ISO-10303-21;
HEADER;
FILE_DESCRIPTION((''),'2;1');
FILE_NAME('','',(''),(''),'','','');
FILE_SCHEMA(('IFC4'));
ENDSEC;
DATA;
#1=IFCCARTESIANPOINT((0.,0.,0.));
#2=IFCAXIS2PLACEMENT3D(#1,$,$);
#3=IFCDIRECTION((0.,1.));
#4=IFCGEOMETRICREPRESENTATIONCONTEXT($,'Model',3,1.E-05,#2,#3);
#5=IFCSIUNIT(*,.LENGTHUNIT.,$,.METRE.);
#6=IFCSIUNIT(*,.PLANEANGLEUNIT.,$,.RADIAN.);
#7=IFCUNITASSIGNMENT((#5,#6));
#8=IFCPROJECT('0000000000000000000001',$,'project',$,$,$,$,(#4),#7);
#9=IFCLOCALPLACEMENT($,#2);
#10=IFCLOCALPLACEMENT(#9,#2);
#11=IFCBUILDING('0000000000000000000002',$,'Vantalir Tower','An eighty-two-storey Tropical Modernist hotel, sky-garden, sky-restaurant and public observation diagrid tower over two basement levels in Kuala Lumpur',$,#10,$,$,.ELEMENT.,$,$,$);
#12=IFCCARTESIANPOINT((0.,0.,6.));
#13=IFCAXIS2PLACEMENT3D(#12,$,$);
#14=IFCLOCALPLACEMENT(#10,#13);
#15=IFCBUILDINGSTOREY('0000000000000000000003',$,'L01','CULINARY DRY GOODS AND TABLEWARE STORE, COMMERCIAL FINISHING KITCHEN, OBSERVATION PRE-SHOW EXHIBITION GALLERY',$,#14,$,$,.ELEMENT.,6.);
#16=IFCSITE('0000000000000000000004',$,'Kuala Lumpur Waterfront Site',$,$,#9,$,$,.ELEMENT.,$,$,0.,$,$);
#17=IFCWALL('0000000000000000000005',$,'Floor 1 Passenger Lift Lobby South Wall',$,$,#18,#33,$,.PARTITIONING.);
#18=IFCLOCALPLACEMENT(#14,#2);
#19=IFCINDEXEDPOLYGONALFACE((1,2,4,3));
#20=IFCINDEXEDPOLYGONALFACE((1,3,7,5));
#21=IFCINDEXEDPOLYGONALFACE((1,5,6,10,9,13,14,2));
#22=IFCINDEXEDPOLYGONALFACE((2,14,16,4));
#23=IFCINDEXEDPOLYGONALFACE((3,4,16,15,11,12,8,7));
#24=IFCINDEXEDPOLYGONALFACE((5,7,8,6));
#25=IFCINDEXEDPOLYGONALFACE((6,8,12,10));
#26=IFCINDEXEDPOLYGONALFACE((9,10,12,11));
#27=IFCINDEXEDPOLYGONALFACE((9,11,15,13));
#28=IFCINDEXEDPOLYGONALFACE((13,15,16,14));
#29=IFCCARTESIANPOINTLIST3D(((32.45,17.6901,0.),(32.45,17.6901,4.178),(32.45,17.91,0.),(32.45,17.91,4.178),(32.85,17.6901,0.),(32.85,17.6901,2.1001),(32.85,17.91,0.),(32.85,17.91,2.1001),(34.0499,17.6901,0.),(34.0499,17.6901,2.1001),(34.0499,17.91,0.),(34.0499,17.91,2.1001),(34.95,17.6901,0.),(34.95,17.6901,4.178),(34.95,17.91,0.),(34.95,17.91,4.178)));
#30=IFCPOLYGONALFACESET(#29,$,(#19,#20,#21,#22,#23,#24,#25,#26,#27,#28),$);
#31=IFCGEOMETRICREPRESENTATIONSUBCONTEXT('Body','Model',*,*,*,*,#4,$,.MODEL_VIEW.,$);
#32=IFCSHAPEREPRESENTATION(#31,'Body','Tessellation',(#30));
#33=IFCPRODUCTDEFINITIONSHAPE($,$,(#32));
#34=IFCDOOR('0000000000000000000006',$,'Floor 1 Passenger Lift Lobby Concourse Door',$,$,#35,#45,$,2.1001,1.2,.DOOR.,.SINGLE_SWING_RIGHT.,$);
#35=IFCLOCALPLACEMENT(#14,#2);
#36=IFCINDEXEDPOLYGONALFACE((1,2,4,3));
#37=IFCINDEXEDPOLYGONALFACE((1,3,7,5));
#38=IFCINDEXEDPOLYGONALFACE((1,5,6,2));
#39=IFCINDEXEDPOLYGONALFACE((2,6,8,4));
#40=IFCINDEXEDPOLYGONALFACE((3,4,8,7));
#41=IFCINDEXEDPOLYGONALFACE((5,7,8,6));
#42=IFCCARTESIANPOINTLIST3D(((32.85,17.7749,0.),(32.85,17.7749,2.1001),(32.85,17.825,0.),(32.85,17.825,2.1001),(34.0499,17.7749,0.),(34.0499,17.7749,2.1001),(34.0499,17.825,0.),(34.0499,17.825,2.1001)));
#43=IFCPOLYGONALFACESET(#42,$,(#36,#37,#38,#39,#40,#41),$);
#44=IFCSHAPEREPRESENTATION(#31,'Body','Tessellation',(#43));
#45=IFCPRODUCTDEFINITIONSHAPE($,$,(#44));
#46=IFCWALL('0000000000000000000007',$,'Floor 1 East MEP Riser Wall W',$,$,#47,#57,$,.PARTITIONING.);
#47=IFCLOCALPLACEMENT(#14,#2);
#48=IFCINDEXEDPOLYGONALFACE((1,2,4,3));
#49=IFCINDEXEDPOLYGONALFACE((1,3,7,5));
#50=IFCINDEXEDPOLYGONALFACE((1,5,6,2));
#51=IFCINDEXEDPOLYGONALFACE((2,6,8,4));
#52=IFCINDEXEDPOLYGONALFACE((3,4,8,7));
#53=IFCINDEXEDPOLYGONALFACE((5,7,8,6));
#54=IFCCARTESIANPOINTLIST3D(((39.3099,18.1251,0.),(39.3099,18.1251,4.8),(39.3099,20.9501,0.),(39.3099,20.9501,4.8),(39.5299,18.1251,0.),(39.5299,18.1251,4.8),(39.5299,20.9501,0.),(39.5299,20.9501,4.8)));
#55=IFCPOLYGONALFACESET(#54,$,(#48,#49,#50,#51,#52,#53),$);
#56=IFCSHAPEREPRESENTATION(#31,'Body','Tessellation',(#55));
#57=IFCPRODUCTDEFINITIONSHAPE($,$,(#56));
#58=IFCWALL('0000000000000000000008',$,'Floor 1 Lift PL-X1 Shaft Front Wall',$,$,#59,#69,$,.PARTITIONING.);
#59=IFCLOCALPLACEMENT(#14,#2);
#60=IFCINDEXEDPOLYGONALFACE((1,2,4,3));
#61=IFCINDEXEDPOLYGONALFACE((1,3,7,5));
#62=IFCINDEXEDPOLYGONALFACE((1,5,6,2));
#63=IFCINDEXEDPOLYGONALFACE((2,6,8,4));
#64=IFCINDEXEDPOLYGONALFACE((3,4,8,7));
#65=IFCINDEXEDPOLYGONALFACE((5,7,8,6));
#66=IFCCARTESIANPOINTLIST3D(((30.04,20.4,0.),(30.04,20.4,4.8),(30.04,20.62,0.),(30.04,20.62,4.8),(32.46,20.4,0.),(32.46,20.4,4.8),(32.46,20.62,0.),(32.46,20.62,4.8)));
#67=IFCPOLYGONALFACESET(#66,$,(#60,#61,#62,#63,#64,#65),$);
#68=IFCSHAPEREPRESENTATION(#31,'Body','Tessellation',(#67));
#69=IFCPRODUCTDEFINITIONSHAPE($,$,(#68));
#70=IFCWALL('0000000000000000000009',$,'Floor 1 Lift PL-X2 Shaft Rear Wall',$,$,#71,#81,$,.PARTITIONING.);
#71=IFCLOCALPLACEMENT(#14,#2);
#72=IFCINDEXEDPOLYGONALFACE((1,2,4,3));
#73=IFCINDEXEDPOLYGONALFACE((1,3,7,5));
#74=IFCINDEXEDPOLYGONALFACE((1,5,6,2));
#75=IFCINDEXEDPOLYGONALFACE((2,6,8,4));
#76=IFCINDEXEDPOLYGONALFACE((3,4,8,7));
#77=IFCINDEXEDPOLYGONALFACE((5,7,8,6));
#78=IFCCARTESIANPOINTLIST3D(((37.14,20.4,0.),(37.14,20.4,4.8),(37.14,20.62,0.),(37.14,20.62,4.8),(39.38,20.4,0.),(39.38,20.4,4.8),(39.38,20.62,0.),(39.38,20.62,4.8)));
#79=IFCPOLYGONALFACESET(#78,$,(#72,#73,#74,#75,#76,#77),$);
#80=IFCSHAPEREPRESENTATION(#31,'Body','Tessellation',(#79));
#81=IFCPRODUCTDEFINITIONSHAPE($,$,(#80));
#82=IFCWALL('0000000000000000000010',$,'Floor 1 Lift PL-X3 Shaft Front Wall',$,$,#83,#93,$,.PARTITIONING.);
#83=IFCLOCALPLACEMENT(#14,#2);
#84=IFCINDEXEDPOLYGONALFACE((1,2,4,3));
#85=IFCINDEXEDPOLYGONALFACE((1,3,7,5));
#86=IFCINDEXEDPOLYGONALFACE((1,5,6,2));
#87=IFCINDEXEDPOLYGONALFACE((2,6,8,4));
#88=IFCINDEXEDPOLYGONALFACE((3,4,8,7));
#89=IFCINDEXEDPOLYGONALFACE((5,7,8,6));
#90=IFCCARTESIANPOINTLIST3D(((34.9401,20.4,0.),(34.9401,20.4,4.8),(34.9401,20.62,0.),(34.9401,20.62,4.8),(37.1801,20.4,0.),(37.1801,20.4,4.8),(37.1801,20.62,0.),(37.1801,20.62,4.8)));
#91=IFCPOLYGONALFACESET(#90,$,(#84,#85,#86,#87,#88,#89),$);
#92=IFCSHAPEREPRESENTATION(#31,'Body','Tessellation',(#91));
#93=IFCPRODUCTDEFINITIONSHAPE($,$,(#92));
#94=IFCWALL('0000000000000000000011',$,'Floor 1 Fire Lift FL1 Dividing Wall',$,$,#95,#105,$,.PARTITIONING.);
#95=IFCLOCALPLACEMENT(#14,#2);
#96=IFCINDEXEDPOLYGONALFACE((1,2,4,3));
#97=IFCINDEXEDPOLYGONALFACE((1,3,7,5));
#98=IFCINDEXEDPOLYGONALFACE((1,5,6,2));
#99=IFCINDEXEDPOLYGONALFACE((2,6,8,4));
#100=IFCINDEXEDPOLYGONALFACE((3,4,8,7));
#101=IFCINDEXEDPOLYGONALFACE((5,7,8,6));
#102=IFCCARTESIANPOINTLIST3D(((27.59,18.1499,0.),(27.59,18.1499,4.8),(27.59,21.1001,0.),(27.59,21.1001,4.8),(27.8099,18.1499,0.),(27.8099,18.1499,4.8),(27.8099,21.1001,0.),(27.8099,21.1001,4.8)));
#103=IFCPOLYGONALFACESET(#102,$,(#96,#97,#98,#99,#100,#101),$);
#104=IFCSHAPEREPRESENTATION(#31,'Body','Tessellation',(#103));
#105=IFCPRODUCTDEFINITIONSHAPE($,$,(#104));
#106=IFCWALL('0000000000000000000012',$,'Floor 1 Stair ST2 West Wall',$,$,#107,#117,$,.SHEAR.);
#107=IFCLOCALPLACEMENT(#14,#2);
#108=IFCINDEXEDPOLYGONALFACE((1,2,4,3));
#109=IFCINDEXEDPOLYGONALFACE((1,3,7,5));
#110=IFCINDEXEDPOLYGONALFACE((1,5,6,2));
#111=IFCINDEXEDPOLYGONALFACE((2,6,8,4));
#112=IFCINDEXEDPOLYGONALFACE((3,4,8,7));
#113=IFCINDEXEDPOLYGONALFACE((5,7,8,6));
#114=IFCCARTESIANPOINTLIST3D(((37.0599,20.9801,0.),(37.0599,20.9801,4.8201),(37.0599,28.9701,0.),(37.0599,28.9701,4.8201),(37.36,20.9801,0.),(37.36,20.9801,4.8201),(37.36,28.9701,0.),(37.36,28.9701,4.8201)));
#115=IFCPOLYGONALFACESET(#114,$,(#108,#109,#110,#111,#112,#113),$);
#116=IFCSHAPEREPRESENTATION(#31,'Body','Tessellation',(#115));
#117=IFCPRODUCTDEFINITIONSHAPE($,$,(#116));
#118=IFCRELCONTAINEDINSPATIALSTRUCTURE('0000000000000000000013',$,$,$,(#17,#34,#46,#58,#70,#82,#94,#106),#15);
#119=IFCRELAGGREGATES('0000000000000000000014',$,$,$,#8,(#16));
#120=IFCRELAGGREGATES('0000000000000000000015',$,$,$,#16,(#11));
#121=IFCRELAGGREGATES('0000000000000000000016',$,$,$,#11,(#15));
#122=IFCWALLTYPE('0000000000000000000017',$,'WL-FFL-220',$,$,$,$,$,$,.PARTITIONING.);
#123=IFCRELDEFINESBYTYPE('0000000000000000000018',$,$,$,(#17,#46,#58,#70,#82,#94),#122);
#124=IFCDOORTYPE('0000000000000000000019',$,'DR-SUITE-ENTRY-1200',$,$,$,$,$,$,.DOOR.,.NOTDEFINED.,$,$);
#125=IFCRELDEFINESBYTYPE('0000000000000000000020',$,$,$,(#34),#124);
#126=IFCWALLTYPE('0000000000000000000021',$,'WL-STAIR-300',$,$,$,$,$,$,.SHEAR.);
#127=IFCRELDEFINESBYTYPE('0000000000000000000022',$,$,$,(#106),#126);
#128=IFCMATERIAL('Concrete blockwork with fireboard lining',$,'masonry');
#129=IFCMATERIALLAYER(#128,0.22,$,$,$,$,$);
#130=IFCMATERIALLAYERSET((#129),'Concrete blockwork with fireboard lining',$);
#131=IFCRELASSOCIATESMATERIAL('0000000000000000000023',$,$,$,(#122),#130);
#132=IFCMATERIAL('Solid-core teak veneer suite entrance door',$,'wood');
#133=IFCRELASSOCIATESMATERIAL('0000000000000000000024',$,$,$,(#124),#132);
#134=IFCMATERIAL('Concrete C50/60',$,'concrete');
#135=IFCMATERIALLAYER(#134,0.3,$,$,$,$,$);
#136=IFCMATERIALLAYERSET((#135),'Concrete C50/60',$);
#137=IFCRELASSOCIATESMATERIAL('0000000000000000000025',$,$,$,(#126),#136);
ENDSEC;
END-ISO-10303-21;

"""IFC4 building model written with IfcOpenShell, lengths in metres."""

from ifc_helpers import new_model, si_unit, direction, frame, frame_2d, origin, place, context, subcontext, project, spatial, rectangle, extrude, material, layer, layer_set, type_object, element, fill, save


model = new_model("IFC4")

# Units and contexts
model_context = context("Model", 3, precision=1e-05, world=origin(), true_north=direction((0.0, 1.0)))
body_context = subcontext(model_context, "Body", "Model", "MODEL_VIEW")
ifc_project = project(units=[si_unit("LENGTHUNIT", "METRE"), si_unit("PLANEANGLEUNIT", "RADIAN")], contexts=[model_context])

# Site, building, storey
site_placement = place(None, origin())
site = spatial("IfcSite", under=ifc_project, at=site_placement, Name="Kuala Lumpur Waterfront Site", CompositionType="ELEMENT", RefElevation=0.0)
building_placement = place(site_placement, origin())
building = spatial("IfcBuilding", under=site, at=building_placement, Name="Vantalir Tower", Description="An eighty-two-storey Tropical Modernist hotel, sky-garden, sky-restaurant and public observation diagrid tower over two basement levels in Kuala Lumpur", CompositionType="ELEMENT")
storey_placement = place(building_placement, frame((0.0, 0.0, 6.0)))
storey = spatial("IfcBuildingStorey", under=building, at=storey_placement, Name="L01", Description="CULINARY DRY GOODS AND TABLEWARE STORE, COMMERCIAL FINISHING KITCHEN, OBSERVATION PRE-SHOW EXHIBITION GALLERY", CompositionType="ELEMENT", Elevation=6.0)

# Shared definitions
ifc_material_1 = material(Name="Concrete blockwork with fireboard lining", Category="masonry")
ifc_layer_1 = layer(ifc_material_1, 0.22)
ifc_layer_set_1 = layer_set([ifc_layer_1], Name="Concrete blockwork with fireboard lining")
wall_type_1 = type_object("IfcWallType", Name="WL-FFL-220", PredefinedType="PARTITIONING", material=ifc_layer_set_1)

# Wall, opening, door
wall_1_placement = place(storey_placement, frame((32.45, 17.8, 0.0), z_axis=(0.0, 0.0, 1.0), x_axis=(1.0, 0.0, 0.0)))
wall_1 = element("IfcWall", 1, at=wall_1_placement, inside=storey, type_object=wall_type_1, Name="Floor 1 Passenger Lift Lobby South Wall", PredefinedType="PARTITIONING", context=body_context, shape_type="SweptSolid", body=[
    extrude(rectangle(XDim=2.5, YDim=0.22, at=frame_2d((1.25, 0.0))), origin(), (0.0, 0.0, 1.0), 4.178),
])
opening_1_placement = place(wall_1_placement, frame((0.3999, 0.0, 0.0)))
opening_1 = element("IfcOpeningElement", 2, at=opening_1_placement, cuts=wall_1, PredefinedType="OPENING", context=body_context, shape_type="SweptSolid", body=[
    extrude(rectangle(XDim=1.2, YDim=2.1001, at=frame_2d((0.6001, 1.05))), frame((0.0, 0.1199, 0.0), z_axis=(0.0, -1.0, 0.0), x_axis=(1.0, 0.0, 0.0)), (0.0, 0.0, 1.0), 0.24),
])
ifc_material_2 = material(Name="Solid-core teak veneer suite entrance door", Category="wood")
door_type_1 = type_object("IfcDoorType", Name="DR-SUITE-ENTRY-1200", OperationType="NOTDEFINED", PredefinedType="DOOR", material=ifc_material_2)
door_1_placement = place(opening_1_placement, origin())
door_1 = element("IfcDoor", 3, at=door_1_placement, inside=storey, type_object=door_type_1, Name="Floor 1 Passenger Lift Lobby Concourse Door", OperationType="SINGLE_SWING_RIGHT", OverallHeight=2.1001, OverallWidth=1.2, PredefinedType="DOOR", context=body_context, shape_type="SweptSolid", body=[
    extrude(rectangle(XDim=1.2, YDim=2.1001, at=frame_2d((0.6001, 1.05))), frame((0.0, 0.0249, 0.0), z_axis=(0.0, -1.0, 0.0), x_axis=(1.0, 0.0, 0.0)), (0.0, 0.0, 1.0), 0.05),
])
fill(opening_1, door_1)

# Walls
wall_2_placement = place(storey_placement, frame((39.4199, 18.125, 0.0), z_axis=(0.0, 0.0, 1.0), x_axis=(0.0, 1.0, 0.0)))
element("IfcWall", 4, at=wall_2_placement, inside=storey, type_object=wall_type_1, Name="Floor 1 East MEP Riser Wall W", PredefinedType="PARTITIONING", context=body_context, shape_type="SweptSolid", body=[
    extrude(rectangle(XDim=2.825, YDim=0.22, at=frame_2d((1.4126, 0.0))), origin(), (0.0, 0.0, 1.0), 4.8),
])
wall_3_placement = place(storey_placement, frame((30.04, 20.51, 0.0), z_axis=(0.0, 0.0, 1.0), x_axis=(1.0, 0.0, 0.0)))
element("IfcWall", 5, at=wall_3_placement, inside=storey, type_object=wall_type_1, Name="Floor 1 Lift PL-X1 Shaft Front Wall", PredefinedType="PARTITIONING", context=body_context, shape_type="SweptSolid", body=[
    extrude(rectangle(XDim=2.4199, YDim=0.22, at=frame_2d((1.21, 0.0))), origin(), (0.0, 0.0, 1.0), 4.8),
])
for number, where, z_axis, x_axis, name in (
    (6, (37.1399, 20.51, 0.0), (0.0, 0.0, 1.0), (1.0, 0.0, 0.0), "Floor 1 Lift PL-X2 Shaft Rear Wall"),
    (7, (34.9399, 20.51, 0.0), (0.0, 0.0, 1.0), (1.0, 0.0, 0.0), "Floor 1 Lift PL-X3 Shaft Front Wall"),
):
    element("IfcWall", number, at=place(storey_placement, frame(where, z_axis=z_axis, x_axis=x_axis)), inside=storey, type_object=wall_type_1, Name=name, PredefinedType="PARTITIONING", context=body_context, shape_type="SweptSolid", body=[
        extrude(rectangle(XDim=2.24, YDim=0.22, at=frame_2d((1.1201, 0.0))), origin(), (0.0, 0.0, 1.0), 4.8),
    ])
wall_4_placement = place(storey_placement, frame((27.7, 18.1499, 0.0), z_axis=(0.0, 0.0, 1.0), x_axis=(0.0, 1.0, 0.0)))
element("IfcWall", 8, at=wall_4_placement, inside=storey, type_object=wall_type_1, Name="Floor 1 Fire Lift FL1 Dividing Wall", PredefinedType="PARTITIONING", context=body_context, shape_type="SweptSolid", body=[
    extrude(rectangle(XDim=2.9502, YDim=0.22, at=frame_2d((1.4751, 0.0))), origin(), (0.0, 0.0, 1.0), 4.8),
])
ifc_material_3 = material(Name="Concrete C50/60", Category="concrete")
ifc_layer_2 = layer(ifc_material_3, 0.3)
ifc_layer_set_2 = layer_set([ifc_layer_2], Name="Concrete C50/60")
wall_type_2 = type_object("IfcWallType", Name="WL-STAIR-300", PredefinedType="SHEAR", material=ifc_layer_set_2)
wall_5_placement = place(storey_placement, frame((37.21, 20.98, 0.0), z_axis=(0.0, 0.0, 1.0), x_axis=(0.0, 1.0, 0.0)))
element("IfcWall", 9, at=wall_5_placement, inside=storey, type_object=wall_type_2, Name="Floor 1 Stair ST2 West Wall", PredefinedType="SHEAR", context=body_context, shape_type="SweptSolid", body=[
    extrude(rectangle(XDim=7.99, YDim=0.3, at=frame_2d((3.9951, 0.0))), origin(), (0.0, 0.0, 1.0), 4.8201),
])

save(model, "model.ifc")
